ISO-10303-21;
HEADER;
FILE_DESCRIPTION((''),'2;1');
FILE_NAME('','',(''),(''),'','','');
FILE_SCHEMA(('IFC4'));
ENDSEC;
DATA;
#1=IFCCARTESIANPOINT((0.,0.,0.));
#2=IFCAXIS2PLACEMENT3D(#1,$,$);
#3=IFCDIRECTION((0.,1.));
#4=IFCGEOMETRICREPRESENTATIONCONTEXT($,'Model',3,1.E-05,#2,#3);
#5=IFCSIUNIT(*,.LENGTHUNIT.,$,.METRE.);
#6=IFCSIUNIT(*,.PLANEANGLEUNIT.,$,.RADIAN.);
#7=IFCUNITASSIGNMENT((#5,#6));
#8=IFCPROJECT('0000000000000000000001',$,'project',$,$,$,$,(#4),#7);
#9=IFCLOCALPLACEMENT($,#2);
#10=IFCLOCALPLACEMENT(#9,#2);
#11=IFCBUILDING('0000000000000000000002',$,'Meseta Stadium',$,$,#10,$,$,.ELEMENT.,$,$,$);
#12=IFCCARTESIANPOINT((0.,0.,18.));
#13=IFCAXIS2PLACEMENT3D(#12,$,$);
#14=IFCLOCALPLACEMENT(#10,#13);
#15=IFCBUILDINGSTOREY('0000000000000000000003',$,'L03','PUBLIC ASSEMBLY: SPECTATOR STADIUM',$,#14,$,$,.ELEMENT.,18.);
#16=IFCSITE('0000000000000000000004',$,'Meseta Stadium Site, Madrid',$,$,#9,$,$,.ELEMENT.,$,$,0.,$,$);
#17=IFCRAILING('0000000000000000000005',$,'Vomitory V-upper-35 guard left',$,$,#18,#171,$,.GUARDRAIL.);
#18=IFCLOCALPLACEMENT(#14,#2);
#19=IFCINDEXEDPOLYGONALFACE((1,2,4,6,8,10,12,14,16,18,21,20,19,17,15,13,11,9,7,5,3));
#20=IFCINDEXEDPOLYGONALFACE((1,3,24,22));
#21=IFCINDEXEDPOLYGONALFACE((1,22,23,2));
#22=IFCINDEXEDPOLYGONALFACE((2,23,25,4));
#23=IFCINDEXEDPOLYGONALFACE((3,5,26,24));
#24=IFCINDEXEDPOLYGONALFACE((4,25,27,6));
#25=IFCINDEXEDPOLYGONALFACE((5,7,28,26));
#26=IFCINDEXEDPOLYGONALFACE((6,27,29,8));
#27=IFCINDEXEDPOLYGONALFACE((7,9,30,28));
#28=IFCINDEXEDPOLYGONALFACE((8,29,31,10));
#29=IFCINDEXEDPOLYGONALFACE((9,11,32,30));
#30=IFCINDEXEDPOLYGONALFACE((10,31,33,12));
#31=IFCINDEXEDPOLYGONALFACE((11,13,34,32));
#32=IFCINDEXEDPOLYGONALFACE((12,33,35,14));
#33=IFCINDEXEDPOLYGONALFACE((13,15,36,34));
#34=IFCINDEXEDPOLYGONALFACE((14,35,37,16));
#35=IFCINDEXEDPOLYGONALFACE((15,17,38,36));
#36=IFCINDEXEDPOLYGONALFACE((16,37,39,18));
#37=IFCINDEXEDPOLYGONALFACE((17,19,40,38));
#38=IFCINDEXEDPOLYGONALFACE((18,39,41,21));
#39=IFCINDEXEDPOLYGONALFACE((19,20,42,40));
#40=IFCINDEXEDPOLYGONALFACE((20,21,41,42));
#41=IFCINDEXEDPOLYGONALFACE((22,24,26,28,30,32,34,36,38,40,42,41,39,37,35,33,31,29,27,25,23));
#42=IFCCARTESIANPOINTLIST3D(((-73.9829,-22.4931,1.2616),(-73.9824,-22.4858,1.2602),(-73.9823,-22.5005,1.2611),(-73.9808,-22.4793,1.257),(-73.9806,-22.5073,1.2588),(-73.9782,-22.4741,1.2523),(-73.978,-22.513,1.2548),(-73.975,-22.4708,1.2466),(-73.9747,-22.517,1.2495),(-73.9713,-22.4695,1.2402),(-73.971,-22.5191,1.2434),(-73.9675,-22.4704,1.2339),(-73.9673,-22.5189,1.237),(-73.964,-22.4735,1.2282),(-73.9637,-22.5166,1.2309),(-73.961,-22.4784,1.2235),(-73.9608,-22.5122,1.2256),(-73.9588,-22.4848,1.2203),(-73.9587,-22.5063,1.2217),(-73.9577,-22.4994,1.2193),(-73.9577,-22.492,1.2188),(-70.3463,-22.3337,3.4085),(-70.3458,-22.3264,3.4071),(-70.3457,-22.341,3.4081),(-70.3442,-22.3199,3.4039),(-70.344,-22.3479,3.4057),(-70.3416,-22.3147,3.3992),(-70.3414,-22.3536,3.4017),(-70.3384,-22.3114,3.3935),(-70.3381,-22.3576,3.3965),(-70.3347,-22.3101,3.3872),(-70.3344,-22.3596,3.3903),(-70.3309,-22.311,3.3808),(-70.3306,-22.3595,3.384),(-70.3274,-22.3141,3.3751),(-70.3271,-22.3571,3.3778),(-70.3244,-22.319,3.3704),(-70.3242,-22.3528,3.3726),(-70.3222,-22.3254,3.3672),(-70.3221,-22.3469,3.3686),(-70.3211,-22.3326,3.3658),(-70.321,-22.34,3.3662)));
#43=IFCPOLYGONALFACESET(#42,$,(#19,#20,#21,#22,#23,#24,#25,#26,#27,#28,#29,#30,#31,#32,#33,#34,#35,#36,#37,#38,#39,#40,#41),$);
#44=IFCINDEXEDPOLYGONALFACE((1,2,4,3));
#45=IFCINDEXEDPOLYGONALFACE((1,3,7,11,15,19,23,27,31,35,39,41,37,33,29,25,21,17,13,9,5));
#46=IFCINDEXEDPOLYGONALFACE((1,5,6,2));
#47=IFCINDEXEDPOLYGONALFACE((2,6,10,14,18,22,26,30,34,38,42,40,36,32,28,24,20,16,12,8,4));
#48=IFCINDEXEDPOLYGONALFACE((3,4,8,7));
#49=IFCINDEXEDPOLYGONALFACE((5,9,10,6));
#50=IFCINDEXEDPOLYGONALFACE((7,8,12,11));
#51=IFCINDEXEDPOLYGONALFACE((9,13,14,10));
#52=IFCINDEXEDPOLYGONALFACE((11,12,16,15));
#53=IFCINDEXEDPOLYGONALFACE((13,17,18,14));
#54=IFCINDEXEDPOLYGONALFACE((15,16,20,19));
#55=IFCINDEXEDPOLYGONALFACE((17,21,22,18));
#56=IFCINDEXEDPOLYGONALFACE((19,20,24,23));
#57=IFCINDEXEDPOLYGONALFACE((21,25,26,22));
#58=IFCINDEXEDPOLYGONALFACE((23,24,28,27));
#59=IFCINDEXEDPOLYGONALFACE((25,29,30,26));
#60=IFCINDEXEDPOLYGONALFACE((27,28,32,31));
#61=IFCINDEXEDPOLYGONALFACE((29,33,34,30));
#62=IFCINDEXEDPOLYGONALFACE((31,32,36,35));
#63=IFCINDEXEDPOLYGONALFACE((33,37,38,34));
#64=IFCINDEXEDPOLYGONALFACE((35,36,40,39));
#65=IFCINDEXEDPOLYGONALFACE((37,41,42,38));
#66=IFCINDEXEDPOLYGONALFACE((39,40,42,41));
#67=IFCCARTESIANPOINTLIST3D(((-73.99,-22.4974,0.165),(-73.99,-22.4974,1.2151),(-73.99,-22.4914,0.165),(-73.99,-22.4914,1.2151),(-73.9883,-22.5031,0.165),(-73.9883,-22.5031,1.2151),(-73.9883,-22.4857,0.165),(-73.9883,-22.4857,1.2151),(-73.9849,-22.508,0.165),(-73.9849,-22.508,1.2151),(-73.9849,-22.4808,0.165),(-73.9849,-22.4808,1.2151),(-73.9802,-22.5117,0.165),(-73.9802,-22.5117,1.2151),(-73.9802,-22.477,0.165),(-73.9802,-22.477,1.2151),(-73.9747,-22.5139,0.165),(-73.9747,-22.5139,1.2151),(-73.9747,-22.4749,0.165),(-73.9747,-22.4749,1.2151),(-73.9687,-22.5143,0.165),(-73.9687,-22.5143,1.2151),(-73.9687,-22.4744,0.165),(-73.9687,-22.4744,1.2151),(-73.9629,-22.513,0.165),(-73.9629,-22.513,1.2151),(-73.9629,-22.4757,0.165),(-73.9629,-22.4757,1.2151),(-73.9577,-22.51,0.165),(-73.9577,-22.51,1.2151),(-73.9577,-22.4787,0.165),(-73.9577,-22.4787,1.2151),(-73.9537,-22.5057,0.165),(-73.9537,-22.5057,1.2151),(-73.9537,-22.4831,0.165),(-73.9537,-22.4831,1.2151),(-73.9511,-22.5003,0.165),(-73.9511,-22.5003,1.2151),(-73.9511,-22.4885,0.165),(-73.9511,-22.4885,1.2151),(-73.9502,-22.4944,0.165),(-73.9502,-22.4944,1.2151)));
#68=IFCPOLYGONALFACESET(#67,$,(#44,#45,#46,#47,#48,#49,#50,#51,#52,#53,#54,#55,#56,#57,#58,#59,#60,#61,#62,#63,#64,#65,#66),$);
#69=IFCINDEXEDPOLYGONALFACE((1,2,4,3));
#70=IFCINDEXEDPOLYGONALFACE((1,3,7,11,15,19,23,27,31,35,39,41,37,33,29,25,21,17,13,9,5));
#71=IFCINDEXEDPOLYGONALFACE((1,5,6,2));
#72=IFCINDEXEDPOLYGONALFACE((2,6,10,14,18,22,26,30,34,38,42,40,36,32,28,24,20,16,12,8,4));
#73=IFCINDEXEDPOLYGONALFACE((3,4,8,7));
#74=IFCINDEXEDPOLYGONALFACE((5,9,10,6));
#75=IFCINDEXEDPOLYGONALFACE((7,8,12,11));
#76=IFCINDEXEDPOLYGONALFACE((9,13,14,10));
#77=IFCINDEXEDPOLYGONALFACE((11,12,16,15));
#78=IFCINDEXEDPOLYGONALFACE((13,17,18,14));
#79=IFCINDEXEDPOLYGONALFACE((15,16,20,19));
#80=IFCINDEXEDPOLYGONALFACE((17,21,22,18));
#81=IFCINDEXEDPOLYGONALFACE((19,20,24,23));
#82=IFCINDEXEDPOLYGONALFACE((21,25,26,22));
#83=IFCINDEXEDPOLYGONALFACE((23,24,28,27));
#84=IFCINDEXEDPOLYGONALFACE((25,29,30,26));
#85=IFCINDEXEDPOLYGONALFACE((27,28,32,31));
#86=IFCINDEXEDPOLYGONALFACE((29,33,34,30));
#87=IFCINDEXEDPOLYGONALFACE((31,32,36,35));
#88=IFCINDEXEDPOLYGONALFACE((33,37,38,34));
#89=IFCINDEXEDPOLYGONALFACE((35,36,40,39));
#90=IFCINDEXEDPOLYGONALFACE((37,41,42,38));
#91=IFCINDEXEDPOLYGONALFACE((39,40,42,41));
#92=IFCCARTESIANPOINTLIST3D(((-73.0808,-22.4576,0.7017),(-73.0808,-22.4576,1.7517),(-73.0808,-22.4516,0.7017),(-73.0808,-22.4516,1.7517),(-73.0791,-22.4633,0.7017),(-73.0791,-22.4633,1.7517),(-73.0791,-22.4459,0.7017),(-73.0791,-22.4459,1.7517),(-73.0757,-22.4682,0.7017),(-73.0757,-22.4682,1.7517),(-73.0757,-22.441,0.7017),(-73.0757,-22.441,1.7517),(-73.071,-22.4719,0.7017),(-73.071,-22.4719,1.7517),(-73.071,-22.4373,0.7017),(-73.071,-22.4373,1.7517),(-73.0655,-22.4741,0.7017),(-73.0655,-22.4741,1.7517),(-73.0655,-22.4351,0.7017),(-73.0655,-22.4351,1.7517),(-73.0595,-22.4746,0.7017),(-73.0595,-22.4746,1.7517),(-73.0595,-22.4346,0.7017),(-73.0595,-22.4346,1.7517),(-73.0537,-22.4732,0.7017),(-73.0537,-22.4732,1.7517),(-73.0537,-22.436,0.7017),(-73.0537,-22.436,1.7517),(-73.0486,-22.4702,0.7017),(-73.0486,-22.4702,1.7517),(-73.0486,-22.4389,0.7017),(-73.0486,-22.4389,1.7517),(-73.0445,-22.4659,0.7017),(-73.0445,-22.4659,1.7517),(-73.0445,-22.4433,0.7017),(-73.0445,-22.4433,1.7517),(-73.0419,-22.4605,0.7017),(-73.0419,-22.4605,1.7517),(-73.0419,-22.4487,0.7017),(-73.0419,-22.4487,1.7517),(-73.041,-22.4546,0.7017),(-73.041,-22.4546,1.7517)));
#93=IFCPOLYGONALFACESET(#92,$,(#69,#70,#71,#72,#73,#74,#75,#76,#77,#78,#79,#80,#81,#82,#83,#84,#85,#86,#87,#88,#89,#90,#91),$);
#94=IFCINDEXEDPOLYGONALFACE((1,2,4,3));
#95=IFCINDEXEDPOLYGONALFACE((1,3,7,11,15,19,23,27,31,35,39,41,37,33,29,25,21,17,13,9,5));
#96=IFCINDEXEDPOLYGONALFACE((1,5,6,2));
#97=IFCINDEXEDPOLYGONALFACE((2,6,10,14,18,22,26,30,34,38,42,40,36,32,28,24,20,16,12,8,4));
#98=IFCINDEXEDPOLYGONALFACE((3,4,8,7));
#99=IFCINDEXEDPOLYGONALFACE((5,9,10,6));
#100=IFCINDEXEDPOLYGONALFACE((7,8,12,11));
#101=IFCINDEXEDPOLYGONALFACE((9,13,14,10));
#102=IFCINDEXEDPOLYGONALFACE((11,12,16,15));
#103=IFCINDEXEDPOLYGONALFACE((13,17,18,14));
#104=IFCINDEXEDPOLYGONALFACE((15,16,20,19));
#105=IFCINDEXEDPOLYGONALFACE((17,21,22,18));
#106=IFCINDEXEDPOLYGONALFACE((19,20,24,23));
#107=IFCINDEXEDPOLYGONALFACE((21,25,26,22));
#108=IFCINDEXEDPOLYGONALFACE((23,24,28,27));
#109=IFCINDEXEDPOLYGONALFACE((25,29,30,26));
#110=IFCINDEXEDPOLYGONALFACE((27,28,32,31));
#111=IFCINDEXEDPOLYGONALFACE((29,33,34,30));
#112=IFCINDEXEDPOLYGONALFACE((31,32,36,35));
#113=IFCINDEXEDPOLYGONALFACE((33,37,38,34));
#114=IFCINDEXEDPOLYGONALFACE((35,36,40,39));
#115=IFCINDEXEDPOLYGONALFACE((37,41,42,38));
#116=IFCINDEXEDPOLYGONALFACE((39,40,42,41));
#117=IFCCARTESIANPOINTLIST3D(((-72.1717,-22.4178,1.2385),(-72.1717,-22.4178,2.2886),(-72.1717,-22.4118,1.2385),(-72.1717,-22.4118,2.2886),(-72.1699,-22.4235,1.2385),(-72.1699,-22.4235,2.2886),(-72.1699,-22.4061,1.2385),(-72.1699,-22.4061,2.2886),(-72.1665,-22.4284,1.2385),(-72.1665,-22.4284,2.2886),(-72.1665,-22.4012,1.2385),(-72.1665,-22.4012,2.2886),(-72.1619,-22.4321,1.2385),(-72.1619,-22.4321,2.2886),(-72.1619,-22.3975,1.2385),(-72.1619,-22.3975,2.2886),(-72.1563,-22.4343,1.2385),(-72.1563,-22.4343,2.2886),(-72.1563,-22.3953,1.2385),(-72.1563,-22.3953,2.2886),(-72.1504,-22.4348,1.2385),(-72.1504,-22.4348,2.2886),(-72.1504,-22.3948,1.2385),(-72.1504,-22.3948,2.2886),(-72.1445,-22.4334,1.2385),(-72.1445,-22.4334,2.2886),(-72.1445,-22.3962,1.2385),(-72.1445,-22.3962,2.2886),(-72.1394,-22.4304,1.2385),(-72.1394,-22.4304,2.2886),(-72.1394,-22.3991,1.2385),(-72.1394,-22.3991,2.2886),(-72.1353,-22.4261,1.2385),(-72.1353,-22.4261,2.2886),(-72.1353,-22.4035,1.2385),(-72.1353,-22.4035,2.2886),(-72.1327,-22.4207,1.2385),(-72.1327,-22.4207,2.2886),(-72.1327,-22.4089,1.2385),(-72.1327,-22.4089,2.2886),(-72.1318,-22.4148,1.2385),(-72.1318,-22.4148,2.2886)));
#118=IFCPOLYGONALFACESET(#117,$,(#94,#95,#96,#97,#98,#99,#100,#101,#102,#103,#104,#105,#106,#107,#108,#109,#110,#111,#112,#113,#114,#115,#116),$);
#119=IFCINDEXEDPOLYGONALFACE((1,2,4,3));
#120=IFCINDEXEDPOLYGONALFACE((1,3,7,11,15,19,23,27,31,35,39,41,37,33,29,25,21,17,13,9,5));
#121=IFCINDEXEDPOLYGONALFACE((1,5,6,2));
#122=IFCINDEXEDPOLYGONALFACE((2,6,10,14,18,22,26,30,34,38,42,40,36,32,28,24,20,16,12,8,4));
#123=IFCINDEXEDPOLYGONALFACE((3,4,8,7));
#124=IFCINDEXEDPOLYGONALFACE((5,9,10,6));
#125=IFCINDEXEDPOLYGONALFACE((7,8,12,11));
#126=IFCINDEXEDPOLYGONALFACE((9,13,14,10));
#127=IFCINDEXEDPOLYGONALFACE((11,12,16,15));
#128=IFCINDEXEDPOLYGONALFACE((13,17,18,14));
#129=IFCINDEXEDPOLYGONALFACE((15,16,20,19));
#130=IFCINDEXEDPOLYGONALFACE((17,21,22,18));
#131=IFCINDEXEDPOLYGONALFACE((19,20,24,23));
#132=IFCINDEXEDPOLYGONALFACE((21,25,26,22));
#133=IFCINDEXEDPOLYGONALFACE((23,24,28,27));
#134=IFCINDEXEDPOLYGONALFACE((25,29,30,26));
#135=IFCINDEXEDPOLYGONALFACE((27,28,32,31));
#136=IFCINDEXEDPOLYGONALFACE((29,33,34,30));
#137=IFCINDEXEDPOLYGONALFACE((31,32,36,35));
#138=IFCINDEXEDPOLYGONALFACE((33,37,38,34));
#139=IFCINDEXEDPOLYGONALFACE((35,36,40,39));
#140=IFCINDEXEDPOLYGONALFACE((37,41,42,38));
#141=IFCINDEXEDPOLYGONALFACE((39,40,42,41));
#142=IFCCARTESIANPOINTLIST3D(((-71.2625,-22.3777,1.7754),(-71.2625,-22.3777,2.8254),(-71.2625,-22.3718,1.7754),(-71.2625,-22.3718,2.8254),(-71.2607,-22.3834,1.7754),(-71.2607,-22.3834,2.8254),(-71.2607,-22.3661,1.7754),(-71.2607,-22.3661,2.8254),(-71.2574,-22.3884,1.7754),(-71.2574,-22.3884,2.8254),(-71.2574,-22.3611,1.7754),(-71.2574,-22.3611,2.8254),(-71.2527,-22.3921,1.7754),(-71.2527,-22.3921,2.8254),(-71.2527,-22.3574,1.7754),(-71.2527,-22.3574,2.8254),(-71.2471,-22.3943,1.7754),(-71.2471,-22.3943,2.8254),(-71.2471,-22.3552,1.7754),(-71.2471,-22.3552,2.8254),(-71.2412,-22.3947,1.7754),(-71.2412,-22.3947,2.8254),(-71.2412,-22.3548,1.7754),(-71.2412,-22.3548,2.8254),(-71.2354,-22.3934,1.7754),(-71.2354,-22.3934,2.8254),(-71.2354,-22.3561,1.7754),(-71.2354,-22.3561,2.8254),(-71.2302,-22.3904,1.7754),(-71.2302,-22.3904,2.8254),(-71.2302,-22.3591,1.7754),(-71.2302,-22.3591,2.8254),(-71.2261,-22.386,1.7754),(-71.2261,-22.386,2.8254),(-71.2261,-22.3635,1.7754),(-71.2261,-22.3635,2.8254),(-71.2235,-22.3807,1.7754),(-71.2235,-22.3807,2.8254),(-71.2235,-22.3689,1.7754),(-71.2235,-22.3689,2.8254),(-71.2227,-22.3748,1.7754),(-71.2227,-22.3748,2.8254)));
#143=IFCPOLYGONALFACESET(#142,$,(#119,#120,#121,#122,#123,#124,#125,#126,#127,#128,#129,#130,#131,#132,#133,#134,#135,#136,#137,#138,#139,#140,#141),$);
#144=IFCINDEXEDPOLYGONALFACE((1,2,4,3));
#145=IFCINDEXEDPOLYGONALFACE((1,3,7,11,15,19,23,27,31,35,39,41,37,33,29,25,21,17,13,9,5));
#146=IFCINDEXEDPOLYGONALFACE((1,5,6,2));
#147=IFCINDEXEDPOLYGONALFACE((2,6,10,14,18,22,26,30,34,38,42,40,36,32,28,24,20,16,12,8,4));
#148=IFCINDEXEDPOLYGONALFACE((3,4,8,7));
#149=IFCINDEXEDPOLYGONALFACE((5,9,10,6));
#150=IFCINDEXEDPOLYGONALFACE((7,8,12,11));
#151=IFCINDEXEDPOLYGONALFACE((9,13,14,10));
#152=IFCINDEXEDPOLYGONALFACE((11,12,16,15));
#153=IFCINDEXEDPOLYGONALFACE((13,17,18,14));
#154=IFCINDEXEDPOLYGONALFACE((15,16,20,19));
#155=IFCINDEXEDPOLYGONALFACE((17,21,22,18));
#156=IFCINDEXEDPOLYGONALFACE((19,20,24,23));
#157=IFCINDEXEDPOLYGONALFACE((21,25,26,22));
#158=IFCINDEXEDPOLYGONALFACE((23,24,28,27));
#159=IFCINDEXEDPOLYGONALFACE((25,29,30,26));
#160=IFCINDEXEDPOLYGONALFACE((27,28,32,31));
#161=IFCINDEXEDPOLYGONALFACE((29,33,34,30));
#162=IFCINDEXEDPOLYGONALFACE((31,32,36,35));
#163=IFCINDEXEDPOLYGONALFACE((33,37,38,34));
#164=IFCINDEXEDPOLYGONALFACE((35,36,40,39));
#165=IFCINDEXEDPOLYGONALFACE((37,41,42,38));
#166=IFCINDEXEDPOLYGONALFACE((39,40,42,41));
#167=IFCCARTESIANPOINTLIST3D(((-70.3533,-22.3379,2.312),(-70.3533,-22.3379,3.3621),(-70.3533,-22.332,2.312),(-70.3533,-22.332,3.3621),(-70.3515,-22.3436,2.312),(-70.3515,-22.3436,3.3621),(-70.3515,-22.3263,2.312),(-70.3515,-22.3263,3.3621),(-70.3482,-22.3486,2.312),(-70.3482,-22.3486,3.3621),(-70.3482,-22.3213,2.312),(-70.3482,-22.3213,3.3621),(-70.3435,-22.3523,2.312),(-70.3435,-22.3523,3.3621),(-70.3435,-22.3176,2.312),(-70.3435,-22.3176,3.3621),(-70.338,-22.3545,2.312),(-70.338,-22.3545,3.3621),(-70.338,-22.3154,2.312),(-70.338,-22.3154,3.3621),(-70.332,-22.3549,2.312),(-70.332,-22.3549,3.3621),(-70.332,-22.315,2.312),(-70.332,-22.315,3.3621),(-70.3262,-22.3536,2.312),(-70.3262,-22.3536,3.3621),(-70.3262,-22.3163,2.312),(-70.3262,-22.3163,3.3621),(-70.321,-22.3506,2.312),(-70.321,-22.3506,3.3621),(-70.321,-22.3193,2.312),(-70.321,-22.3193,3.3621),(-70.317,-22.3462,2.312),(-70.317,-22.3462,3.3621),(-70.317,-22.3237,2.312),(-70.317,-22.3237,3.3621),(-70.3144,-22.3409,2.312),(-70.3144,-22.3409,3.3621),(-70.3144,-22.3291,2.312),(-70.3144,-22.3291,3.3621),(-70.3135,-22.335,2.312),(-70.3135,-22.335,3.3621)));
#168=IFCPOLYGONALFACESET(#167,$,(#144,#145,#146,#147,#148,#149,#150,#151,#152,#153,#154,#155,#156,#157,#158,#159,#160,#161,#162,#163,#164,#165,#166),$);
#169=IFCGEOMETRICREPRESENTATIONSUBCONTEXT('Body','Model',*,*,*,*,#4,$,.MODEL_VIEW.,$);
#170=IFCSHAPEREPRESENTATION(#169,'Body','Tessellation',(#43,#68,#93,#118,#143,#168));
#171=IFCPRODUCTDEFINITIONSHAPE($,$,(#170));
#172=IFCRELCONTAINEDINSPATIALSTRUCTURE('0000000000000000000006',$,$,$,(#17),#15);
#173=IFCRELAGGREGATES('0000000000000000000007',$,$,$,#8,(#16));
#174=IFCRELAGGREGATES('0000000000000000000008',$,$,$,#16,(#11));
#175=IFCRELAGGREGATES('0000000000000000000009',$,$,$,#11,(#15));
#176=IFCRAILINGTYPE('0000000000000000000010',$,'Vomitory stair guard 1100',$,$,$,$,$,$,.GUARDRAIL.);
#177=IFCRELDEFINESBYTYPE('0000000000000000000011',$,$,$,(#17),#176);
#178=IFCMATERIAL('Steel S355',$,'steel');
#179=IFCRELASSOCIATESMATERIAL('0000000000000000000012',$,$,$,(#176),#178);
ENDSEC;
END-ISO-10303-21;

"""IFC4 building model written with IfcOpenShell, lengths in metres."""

from ifc_helpers import new_model, si_unit, direction, frame, origin, origin_2d, place, context, subcontext, project, spatial, circle, extrude, material, type_object, element, save


model = new_model("IFC4")

# Units and contexts
model_context = context("Model", 3, precision=1e-05, world=origin(), true_north=direction((0.0, 1.0)))
body_context = subcontext(model_context, "Body", "Model", "MODEL_VIEW")
ifc_project = project(units=[si_unit("LENGTHUNIT", "METRE"), si_unit("PLANEANGLEUNIT", "RADIAN")], contexts=[model_context])

# Site, building, storey
site_placement = place(None, origin())
site = spatial("IfcSite", under=ifc_project, at=site_placement, Name="Meseta Stadium Site, Madrid", CompositionType="ELEMENT", RefElevation=0.0)
building_placement = place(site_placement, origin())
building = spatial("IfcBuilding", under=site, at=building_placement, Name="Meseta Stadium", CompositionType="ELEMENT")
storey_placement = place(building_placement, frame((0.0, 0.0, 18.0)))
storey = spatial("IfcBuildingStorey", under=building, at=storey_placement, Name="L03", Description="PUBLIC ASSEMBLY: SPECTATOR STADIUM", CompositionType="ELEMENT", Elevation=18.0)

# Railing
ifc_material_1 = material(Name="Steel S355", Category="steel")
railing_type_1 = type_object("IfcRailingType", Name="Vomitory stair guard 1100", PredefinedType="GUARDRAIL", material=ifc_material_1)
railing_1_placement = place(storey_placement, frame((-73.9702, -22.4944, 0.165)))
element("IfcRailing", 1, at=railing_1_placement, inside=storey, type_object=railing_type_1, Name="Vomitory V-upper-35 guard left", PredefinedType="GUARDRAIL", context=body_context, shape_type="SweptSolid", body=[
    extrude(circle(Radius=0.0249, at=origin_2d()), frame((0.0, 0.0, 1.0752), z_axis=(0.860521, 0.037723, 0.508017), x_axis=(-0.043795, 0.999041, 0.0)), (0.0, 0.0, 1.0), 4.2261),
    extrude(circle(Radius=0.02, at=origin_2d()), origin(), (0.0, 0.0, 1.0), 1.05),
    extrude(circle(Radius=0.02, at=origin_2d()), frame((0.9092, 0.0398, 0.5366)), (0.0, 0.0, 1.0), 1.05),
    extrude(circle(Radius=0.02, at=origin_2d()), frame((1.8184, 0.0796, 1.0735)), (0.0, 0.0, 1.0), 1.05),
    extrude(circle(Radius=0.02, at=origin_2d()), frame((2.7275, 0.1196, 1.6104)), (0.0, 0.0, 1.0), 1.05),
    extrude(circle(Radius=0.02, at=origin_2d()), frame((3.6367, 0.1594, 2.147)), (0.0, 0.0, 1.0), 1.05),
])

save(model, "model.ifc")
